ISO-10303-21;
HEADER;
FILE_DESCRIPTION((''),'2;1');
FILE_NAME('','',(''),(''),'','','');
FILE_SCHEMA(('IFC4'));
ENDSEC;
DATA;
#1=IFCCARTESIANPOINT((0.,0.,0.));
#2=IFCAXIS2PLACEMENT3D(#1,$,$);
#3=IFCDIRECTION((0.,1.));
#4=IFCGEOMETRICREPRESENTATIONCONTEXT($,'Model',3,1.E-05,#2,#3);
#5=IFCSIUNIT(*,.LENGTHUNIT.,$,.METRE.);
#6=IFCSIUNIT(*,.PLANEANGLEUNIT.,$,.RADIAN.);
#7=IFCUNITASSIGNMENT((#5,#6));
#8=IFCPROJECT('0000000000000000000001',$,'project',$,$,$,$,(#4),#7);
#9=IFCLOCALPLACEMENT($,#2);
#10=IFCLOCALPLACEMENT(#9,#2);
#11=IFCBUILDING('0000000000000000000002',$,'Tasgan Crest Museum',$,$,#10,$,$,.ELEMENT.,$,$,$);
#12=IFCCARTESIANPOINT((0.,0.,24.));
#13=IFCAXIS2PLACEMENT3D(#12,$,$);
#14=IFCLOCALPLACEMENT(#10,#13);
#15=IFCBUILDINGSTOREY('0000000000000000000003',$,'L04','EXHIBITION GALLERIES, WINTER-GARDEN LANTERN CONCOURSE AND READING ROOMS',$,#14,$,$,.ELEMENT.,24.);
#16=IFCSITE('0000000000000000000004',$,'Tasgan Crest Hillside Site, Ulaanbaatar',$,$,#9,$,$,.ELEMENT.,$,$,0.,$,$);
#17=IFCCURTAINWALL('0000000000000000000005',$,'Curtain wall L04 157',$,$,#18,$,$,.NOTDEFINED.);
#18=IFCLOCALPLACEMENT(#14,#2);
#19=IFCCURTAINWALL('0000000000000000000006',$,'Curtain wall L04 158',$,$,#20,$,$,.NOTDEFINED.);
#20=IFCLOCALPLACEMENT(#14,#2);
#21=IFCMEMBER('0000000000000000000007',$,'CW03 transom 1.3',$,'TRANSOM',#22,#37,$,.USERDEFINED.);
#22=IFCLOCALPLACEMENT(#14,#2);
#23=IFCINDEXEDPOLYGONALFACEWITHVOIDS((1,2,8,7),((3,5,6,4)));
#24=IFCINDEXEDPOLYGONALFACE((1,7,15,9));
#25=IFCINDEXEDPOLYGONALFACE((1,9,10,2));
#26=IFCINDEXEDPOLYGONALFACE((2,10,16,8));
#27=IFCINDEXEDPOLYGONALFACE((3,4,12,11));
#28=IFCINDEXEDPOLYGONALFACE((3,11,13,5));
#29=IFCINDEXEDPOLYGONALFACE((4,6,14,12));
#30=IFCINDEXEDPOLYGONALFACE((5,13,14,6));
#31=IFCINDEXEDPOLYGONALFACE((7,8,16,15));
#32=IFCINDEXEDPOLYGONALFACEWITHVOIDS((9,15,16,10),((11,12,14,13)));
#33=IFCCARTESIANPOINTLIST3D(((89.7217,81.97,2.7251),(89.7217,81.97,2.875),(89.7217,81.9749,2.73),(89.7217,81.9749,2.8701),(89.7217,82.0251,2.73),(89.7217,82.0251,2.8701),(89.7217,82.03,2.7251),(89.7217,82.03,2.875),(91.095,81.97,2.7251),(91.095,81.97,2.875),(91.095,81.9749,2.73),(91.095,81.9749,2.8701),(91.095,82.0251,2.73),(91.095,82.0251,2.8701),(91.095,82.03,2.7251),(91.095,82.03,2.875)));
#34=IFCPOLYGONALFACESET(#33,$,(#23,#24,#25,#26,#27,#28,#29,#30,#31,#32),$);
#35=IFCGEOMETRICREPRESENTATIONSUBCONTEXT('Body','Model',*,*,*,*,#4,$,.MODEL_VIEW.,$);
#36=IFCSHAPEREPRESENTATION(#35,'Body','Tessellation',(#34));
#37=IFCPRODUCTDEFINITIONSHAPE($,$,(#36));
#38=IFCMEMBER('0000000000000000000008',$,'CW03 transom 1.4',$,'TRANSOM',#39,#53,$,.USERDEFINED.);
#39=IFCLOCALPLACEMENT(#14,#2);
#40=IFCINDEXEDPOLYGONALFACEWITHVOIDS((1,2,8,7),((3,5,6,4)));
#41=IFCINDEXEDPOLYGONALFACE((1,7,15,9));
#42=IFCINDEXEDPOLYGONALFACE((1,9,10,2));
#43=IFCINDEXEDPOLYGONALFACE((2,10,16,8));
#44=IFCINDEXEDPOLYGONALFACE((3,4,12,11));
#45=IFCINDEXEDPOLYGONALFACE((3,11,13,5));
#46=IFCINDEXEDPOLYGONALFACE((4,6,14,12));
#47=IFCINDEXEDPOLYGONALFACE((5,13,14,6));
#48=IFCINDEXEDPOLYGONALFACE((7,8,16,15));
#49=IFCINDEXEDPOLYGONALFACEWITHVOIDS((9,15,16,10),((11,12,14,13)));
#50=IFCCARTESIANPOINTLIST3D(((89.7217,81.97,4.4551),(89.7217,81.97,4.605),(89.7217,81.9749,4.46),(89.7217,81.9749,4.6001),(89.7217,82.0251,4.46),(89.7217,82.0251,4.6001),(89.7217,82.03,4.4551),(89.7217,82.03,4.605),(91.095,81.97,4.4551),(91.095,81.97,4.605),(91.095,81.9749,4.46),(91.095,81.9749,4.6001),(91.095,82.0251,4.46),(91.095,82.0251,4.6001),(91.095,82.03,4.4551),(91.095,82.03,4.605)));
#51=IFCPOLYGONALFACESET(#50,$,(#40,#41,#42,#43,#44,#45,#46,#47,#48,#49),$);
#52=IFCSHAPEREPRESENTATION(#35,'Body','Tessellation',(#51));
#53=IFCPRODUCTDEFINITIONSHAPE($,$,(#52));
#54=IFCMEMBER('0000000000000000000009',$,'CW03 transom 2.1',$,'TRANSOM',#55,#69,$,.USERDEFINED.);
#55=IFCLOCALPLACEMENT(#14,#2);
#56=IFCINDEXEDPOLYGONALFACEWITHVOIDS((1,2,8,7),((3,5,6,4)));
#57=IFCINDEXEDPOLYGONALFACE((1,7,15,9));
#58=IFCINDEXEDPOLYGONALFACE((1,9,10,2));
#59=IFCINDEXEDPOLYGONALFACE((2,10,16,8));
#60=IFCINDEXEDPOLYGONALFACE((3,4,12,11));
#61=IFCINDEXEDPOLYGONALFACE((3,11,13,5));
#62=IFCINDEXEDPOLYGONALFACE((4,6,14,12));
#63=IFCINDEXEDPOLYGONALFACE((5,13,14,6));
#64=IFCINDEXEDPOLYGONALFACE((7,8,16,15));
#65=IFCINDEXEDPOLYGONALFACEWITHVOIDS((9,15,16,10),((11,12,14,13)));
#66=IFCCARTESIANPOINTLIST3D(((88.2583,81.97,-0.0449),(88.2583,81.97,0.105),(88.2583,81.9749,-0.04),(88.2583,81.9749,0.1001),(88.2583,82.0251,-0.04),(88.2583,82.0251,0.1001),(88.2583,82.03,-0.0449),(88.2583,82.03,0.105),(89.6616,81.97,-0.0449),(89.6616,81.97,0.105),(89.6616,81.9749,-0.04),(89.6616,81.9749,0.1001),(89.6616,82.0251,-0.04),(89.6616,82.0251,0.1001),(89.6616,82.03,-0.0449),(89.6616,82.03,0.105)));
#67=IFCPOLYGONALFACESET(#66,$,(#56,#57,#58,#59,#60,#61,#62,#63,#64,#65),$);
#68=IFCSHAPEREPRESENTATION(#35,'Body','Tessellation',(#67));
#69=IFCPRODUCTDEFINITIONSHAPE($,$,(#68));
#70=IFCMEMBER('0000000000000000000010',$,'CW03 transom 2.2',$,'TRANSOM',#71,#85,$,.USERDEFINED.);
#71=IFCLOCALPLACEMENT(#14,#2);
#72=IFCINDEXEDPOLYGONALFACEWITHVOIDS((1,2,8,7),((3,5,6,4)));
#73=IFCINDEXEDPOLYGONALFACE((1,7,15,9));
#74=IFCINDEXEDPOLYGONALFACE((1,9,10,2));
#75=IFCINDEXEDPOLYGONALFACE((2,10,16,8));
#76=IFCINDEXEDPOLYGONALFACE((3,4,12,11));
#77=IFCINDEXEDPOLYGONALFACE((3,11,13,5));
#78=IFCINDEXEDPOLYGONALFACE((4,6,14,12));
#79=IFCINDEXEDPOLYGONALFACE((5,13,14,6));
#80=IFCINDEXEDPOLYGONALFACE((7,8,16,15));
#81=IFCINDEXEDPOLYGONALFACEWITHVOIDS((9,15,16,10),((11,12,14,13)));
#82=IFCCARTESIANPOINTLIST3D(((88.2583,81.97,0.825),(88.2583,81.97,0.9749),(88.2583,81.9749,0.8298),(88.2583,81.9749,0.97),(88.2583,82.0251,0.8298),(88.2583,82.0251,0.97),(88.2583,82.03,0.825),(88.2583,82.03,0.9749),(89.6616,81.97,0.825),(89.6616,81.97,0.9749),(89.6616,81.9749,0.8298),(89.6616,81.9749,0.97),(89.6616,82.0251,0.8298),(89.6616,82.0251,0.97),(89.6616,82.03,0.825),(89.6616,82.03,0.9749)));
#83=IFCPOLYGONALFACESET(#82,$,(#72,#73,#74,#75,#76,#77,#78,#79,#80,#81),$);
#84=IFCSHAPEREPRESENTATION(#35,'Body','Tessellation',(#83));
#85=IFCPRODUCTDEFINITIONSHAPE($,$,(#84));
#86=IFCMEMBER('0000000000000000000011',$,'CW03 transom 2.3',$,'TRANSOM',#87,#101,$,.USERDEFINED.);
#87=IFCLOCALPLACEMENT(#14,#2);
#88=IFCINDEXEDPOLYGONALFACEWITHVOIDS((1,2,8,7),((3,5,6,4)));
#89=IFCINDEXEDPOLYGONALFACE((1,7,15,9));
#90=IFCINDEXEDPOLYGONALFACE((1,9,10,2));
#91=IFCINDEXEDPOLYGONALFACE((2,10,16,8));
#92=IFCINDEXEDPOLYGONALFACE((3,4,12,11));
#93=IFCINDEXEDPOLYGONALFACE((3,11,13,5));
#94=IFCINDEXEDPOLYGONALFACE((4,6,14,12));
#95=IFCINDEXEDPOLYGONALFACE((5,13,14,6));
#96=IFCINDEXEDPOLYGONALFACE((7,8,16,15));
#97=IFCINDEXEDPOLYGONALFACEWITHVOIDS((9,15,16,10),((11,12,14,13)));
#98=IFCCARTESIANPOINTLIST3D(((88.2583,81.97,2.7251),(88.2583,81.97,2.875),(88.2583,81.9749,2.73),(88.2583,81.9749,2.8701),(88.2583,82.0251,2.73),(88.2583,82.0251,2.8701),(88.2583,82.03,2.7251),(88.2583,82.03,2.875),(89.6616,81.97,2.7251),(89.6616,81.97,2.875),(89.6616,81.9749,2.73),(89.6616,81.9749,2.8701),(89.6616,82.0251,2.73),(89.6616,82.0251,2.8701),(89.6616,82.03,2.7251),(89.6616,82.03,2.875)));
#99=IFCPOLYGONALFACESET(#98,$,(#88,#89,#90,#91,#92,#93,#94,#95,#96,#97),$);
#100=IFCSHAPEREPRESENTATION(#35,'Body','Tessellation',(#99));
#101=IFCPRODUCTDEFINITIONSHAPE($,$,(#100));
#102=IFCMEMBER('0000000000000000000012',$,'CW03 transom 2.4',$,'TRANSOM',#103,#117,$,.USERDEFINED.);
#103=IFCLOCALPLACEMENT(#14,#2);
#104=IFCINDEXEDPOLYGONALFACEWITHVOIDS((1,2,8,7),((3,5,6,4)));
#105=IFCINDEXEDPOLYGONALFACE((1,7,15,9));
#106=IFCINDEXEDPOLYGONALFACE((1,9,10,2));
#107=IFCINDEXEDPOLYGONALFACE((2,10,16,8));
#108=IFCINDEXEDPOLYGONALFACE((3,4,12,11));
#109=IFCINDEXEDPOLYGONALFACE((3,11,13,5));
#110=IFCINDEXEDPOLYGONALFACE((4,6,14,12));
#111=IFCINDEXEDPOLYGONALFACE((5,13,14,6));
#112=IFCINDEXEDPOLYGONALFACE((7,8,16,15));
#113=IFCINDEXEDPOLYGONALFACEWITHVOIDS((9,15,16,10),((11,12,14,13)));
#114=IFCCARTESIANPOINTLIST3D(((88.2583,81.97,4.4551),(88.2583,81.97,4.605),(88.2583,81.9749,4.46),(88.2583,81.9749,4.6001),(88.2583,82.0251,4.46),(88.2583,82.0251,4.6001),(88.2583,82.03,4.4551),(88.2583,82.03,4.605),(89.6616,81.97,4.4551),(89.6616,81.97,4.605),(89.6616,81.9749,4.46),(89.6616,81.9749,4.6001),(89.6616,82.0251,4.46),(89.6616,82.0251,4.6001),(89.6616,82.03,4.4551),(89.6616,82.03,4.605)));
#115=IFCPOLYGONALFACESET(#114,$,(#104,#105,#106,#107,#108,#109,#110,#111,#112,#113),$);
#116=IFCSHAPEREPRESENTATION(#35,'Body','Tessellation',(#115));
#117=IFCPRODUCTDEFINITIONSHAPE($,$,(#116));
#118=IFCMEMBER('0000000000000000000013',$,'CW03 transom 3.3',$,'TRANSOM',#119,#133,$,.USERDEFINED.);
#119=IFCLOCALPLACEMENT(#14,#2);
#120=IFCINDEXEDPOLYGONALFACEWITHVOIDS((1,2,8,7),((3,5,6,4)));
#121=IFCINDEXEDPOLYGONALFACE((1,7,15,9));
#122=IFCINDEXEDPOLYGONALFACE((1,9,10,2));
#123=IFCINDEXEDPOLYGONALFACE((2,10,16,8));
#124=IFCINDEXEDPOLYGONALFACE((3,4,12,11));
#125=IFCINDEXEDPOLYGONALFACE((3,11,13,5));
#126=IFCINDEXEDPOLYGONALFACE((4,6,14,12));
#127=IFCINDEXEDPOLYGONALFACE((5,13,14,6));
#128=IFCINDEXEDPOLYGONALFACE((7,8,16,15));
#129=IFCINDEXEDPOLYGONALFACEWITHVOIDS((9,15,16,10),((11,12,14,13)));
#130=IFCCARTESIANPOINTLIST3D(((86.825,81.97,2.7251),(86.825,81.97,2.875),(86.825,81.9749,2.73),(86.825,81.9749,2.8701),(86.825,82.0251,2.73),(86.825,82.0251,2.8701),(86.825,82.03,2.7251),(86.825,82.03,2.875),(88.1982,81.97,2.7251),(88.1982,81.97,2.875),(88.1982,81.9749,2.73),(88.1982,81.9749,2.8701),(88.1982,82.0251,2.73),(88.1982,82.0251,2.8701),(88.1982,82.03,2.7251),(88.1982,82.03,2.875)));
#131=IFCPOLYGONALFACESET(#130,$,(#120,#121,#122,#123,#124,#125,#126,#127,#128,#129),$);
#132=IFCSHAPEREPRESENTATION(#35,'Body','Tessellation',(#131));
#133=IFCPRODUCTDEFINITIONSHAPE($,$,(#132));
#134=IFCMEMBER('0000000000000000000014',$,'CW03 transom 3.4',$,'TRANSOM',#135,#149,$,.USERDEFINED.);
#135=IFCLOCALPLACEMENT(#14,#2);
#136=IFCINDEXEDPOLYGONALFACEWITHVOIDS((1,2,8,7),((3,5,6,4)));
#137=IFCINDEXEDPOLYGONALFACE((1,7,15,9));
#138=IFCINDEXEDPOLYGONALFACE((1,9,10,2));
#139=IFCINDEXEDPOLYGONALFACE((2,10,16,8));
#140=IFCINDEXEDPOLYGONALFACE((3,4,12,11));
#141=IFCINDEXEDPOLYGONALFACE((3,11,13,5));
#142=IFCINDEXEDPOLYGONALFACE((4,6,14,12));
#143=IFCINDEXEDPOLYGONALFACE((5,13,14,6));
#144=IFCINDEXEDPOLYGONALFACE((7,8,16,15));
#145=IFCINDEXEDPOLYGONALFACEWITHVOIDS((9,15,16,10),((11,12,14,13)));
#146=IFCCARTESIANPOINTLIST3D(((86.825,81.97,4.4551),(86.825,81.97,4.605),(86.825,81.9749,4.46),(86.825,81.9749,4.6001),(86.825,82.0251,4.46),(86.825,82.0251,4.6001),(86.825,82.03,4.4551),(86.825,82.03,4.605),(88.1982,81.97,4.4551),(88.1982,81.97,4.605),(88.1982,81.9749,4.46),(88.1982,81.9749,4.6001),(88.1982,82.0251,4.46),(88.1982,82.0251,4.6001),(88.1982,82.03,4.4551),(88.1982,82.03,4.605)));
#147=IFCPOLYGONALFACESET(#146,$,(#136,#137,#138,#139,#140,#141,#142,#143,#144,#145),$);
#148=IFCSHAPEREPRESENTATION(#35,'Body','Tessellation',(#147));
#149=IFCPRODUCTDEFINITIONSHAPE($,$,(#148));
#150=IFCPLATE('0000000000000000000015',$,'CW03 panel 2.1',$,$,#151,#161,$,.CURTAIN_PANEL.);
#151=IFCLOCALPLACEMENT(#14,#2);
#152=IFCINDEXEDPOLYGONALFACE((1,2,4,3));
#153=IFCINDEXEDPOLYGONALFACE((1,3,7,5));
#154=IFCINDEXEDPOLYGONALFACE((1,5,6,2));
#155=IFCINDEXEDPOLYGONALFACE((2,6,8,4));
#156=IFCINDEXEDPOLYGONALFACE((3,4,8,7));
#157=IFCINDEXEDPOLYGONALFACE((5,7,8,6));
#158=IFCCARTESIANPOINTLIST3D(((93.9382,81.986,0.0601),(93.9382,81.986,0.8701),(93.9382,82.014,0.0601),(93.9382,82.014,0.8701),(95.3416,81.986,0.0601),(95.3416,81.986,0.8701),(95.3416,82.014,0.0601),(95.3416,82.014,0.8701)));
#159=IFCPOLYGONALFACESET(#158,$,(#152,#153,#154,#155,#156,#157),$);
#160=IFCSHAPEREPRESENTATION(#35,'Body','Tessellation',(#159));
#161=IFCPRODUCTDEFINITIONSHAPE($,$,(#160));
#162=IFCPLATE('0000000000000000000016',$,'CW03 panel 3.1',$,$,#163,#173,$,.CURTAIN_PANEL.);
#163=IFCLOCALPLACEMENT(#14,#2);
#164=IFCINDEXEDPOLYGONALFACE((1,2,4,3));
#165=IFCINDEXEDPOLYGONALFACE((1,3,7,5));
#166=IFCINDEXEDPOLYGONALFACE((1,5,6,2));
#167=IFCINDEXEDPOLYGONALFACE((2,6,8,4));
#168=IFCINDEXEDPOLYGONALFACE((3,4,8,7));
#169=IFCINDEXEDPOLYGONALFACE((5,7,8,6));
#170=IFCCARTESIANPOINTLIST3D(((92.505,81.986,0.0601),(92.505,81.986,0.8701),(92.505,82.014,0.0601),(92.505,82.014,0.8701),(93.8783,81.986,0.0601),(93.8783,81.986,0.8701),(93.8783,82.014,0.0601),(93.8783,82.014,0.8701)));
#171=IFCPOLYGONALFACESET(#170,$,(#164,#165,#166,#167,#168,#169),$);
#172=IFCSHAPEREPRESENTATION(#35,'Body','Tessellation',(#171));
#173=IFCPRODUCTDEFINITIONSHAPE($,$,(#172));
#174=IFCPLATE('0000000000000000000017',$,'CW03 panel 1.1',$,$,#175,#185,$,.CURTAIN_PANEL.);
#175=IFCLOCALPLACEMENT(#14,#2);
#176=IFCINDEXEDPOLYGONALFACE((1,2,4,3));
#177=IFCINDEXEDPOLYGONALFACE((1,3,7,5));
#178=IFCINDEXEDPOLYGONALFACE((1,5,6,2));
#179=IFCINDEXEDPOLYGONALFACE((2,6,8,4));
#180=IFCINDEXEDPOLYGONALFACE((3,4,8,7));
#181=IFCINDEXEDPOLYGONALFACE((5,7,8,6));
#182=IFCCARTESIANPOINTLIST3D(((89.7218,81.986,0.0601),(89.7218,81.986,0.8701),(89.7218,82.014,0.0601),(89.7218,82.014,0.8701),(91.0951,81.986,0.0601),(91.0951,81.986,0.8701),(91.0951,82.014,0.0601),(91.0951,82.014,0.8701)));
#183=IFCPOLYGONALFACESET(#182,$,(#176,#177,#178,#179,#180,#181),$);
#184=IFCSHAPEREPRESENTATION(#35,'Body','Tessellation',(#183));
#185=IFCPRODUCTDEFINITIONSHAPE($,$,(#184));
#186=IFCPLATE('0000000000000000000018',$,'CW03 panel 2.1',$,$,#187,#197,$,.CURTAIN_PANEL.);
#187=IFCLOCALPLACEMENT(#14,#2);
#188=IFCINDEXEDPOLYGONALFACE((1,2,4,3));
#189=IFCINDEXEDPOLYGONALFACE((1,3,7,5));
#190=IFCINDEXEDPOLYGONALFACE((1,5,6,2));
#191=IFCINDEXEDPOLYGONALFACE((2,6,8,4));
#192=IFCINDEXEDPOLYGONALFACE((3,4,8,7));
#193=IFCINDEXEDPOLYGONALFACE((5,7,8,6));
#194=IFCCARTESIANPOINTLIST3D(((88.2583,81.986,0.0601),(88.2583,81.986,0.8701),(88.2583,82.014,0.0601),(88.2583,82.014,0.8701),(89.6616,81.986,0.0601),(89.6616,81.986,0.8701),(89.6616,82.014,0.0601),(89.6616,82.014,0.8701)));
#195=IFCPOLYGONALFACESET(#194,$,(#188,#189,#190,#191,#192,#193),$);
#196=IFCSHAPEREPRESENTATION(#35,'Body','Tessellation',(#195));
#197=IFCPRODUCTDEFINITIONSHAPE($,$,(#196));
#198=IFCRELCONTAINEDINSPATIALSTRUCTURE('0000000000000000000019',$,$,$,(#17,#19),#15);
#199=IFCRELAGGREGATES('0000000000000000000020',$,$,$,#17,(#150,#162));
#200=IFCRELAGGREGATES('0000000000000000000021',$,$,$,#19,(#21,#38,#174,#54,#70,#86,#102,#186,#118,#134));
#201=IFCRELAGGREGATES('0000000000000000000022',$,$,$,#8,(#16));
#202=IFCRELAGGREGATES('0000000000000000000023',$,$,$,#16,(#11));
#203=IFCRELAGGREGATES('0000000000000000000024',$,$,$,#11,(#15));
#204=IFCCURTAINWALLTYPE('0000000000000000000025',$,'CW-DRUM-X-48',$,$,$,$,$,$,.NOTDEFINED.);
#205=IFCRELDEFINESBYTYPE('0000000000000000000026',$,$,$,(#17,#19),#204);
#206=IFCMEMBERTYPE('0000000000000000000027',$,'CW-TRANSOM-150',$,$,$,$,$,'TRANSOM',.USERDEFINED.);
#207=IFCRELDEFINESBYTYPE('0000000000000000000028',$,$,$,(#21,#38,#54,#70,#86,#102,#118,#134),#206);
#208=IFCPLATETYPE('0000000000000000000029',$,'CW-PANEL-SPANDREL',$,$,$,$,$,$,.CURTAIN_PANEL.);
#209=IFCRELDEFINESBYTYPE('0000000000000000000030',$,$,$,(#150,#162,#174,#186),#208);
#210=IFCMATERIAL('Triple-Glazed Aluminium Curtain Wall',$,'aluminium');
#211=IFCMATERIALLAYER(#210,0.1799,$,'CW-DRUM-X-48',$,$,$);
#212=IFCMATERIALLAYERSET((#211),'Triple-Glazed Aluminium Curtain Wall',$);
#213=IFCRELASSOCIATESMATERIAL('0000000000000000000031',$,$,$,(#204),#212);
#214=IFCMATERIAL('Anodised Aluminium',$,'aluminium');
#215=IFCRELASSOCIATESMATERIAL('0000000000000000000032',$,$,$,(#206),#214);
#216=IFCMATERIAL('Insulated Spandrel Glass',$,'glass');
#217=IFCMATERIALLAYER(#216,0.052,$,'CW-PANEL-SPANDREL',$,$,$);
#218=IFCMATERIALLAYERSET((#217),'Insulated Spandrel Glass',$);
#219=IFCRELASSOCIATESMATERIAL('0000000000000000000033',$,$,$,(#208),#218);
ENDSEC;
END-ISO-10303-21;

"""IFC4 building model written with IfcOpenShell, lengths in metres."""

from ifc_helpers import new_model, si_unit, direction, frame, origin, origin_2d, place, context, subcontext, project, spatial, rectangle, hollow_rectangle, extrude, material, layer, layer_set, material_profile, profile_set, type_object, element, aggregate, save


model = new_model("IFC4")

# Units and contexts
model_context = context("Model", 3, precision=1e-05, world=origin(), true_north=direction((0.0, 1.0)))
body_context = subcontext(model_context, "Body", "Model", "MODEL_VIEW")
ifc_project = project(units=[si_unit("LENGTHUNIT", "METRE"), si_unit("PLANEANGLEUNIT", "RADIAN")], contexts=[model_context])

# Site, building, storey
site_placement = place(None, origin())
site = spatial("IfcSite", under=ifc_project, at=site_placement, Name="Tasgan Crest Hillside Site, Ulaanbaatar", CompositionType="ELEMENT", RefElevation=0.0)
building_placement = place(site_placement, origin())
building = spatial("IfcBuilding", under=site, at=building_placement, Name="Tasgan Crest Museum", CompositionType="ELEMENT")
storey_placement = place(building_placement, frame((0.0, 0.0, 24.0)))
storey = spatial("IfcBuildingStorey", under=building, at=storey_placement, Name="L04", Description="EXHIBITION GALLERIES, WINTER-GARDEN LANTERN CONCOURSE AND READING ROOMS", CompositionType="ELEMENT", Elevation=24.0)

# Curtain walls
ifc_material_1 = material(Name="Triple-Glazed Aluminium Curtain Wall", Category="aluminium")
ifc_layer_1 = layer(ifc_material_1, 0.1799, Name="CW-DRUM-X-48")
ifc_layer_set_1 = layer_set([ifc_layer_1], Name="Triple-Glazed Aluminium Curtain Wall")
curtain_wall_type = type_object("IfcCurtainWallType", Name="CW-DRUM-X-48", PredefinedType="NOTDEFINED", material=ifc_layer_set_1)
curtain_wall_1_placement = place(storey_placement, origin())
curtain_wall_1 = element("IfcCurtainWall", 1, at=curtain_wall_1_placement, inside=storey, type_object=curtain_wall_type, Name="Curtain wall L04 157", PredefinedType="NOTDEFINED")
curtain_wall_2_placement = place(storey_placement, origin())
curtain_wall_2 = element("IfcCurtainWall", 2, at=curtain_wall_2_placement, inside=storey, type_object=curtain_wall_type, Name="Curtain wall L04 158", PredefinedType="NOTDEFINED")

# Members
ifc_material_2 = material(Name="Anodised Aluminium", Category="aluminium")
ifc_material_profile_1 = material_profile(ifc_material_2, hollow_rectangle(XDim=0.0601, YDim=0.1499, WallThickness=0.0049, at=origin_2d()), Name="ALU TRANSOM 150x60x5")
ifc_profile_set_1 = profile_set([ifc_material_profile_1], Name="Anodised Aluminium")
member_type_1 = type_object("IfcMemberType", Name="CW-TRANSOM-150", ElementType="TRANSOM", PredefinedType="USERDEFINED", material=ifc_profile_set_1)
member_1_placement = place(storey_placement, frame((91.095, 82.0, 2.8), z_axis=(-1.0, 0.0, 0.0), x_axis=(0.0, -1.0, 0.0)))
member_1 = element("IfcMember", 3, at=member_1_placement, type_object=member_type_1, Name="CW03 transom 1.3", ObjectType="TRANSOM", PredefinedType="USERDEFINED", context=body_context, shape_type="SweptSolid", body=[
    extrude(hollow_rectangle(XDim=0.0601, YDim=0.1499, WallThickness=0.0049, at=origin_2d()), origin(), (0.0, 0.0, 1.0), 1.3733),
])
member_2_placement = place(storey_placement, frame((91.095, 82.0, 4.53), z_axis=(-1.0, 0.0, 0.0), x_axis=(0.0, -1.0, 0.0)))
member_2 = element("IfcMember", 4, at=member_2_placement, type_object=member_type_1, Name="CW03 transom 1.4", ObjectType="TRANSOM", PredefinedType="USERDEFINED", context=body_context, shape_type="SweptSolid", body=[
    extrude(hollow_rectangle(XDim=0.0601, YDim=0.1499, WallThickness=0.0049, at=origin_2d()), origin(), (0.0, 0.0, 1.0), 1.3733),
])
member_3_placement = place(storey_placement, frame((89.6616, 82.0, 0.03), z_axis=(-1.0, 0.0, 0.0), x_axis=(0.0, -1.0, 0.0)))
member_3 = element("IfcMember", 5, at=member_3_placement, type_object=member_type_1, Name="CW03 transom 2.1", ObjectType="TRANSOM", PredefinedType="USERDEFINED", context=body_context, shape_type="SweptSolid", body=[
    extrude(hollow_rectangle(XDim=0.0601, YDim=0.1499, WallThickness=0.0049, at=origin_2d()), origin(), (0.0, 0.0, 1.0), 1.4033),
])
member_4_placement = place(storey_placement, frame((89.6616, 82.0, 0.8999), z_axis=(-1.0, 0.0, 0.0), x_axis=(0.0, -1.0, 0.0)))
member_4 = element("IfcMember", 6, at=member_4_placement, type_object=member_type_1, Name="CW03 transom 2.2", ObjectType="TRANSOM", PredefinedType="USERDEFINED", context=body_context, shape_type="SweptSolid", body=[
    extrude(hollow_rectangle(XDim=0.0601, YDim=0.1499, WallThickness=0.0049, at=origin_2d()), origin(), (0.0, 0.0, 1.0), 1.4033),
])
member_5_placement = place(storey_placement, frame((89.6616, 82.0, 2.8), z_axis=(-1.0, 0.0, 0.0), x_axis=(0.0, -1.0, 0.0)))
member_5 = element("IfcMember", 7, at=member_5_placement, type_object=member_type_1, Name="CW03 transom 2.3", ObjectType="TRANSOM", PredefinedType="USERDEFINED", context=body_context, shape_type="SweptSolid", body=[
    extrude(hollow_rectangle(XDim=0.0601, YDim=0.1499, WallThickness=0.0049, at=origin_2d()), origin(), (0.0, 0.0, 1.0), 1.4033),
])
member_6_placement = place(storey_placement, frame((89.6616, 82.0, 4.53), z_axis=(-1.0, 0.0, 0.0), x_axis=(0.0, -1.0, 0.0)))
member_6 = element("IfcMember", 8, at=member_6_placement, type_object=member_type_1, Name="CW03 transom 2.4", ObjectType="TRANSOM", PredefinedType="USERDEFINED", context=body_context, shape_type="SweptSolid", body=[
    extrude(hollow_rectangle(XDim=0.0601, YDim=0.1499, WallThickness=0.0049, at=origin_2d()), origin(), (0.0, 0.0, 1.0), 1.4033),
])
member_7_placement = place(storey_placement, frame((88.1982, 82.0, 2.8), z_axis=(-1.0, 0.0, 0.0), x_axis=(0.0, -1.0, 0.0)))
member_7 = element("IfcMember", 9, at=member_7_placement, type_object=member_type_1, Name="CW03 transom 3.3", ObjectType="TRANSOM", PredefinedType="USERDEFINED", context=body_context, shape_type="SweptSolid", body=[
    extrude(hollow_rectangle(XDim=0.0601, YDim=0.1499, WallThickness=0.0049, at=origin_2d()), origin(), (0.0, 0.0, 1.0), 1.3733),
])
member_8_placement = place(storey_placement, frame((88.1982, 82.0, 4.53), z_axis=(-1.0, 0.0, 0.0), x_axis=(0.0, -1.0, 0.0)))
member_8 = element("IfcMember", 10, at=member_8_placement, type_object=member_type_1, Name="CW03 transom 3.4", ObjectType="TRANSOM", PredefinedType="USERDEFINED", context=body_context, shape_type="SweptSolid", body=[
    extrude(hollow_rectangle(XDim=0.0601, YDim=0.1499, WallThickness=0.0049, at=origin_2d()), origin(), (0.0, 0.0, 1.0), 1.3733),
])

# Plates
ifc_material_3 = material(Name="Insulated Spandrel Glass", Category="glass")
ifc_layer_2 = layer(ifc_material_3, 0.052, Name="CW-PANEL-SPANDREL")
ifc_layer_set_2 = layer_set([ifc_layer_2], Name="Insulated Spandrel Glass")
plate_type_1 = type_object("IfcPlateType", Name="CW-PANEL-SPANDREL", PredefinedType="CURTAIN_PANEL", material=ifc_layer_set_2)
plate_1_placement = place(storey_placement, frame((94.6399, 82.0, 0.0601), z_axis=(0.0, 0.0, 1.0), x_axis=(-1.0, 0.0, 0.0)))
plate_1 = element("IfcPlate", 11, at=plate_1_placement, type_object=plate_type_1, Name="CW03 panel 2.1", PredefinedType="CURTAIN_PANEL", context=body_context, shape_type="SweptSolid", body=[
    extrude(rectangle(XDim=1.4033, YDim=0.0281, at=origin_2d()), origin(), (0.0, 0.0, 1.0), 0.8101),
])
plate_2_placement = place(storey_placement, frame((93.1917, 82.0, 0.0601), z_axis=(0.0, 0.0, 1.0), x_axis=(-1.0, 0.0, 0.0)))
plate_2 = element("IfcPlate", 12, at=plate_2_placement, type_object=plate_type_1, Name="CW03 panel 3.1", PredefinedType="CURTAIN_PANEL", context=body_context, shape_type="SweptSolid", body=[
    extrude(rectangle(XDim=1.3733, YDim=0.0281, at=origin_2d()), origin(), (0.0, 0.0, 1.0), 0.8101),
])
plate_3_placement = place(storey_placement, frame((90.4084, 82.0, 0.0601), z_axis=(0.0, 0.0, 1.0), x_axis=(-1.0, 0.0, 0.0)))
plate_3 = element("IfcPlate", 13, at=plate_3_placement, type_object=plate_type_1, Name="CW03 panel 1.1", PredefinedType="CURTAIN_PANEL", context=body_context, shape_type="SweptSolid", body=[
    extrude(rectangle(XDim=1.3733, YDim=0.0281, at=origin_2d()), origin(), (0.0, 0.0, 1.0), 0.8101),
])
plate_4_placement = place(storey_placement, frame((88.96, 82.0, 0.0601), z_axis=(0.0, 0.0, 1.0), x_axis=(-1.0, 0.0, 0.0)))
plate_4 = element("IfcPlate", 14, at=plate_4_placement, type_object=plate_type_1, Name="CW03 panel 2.1", PredefinedType="CURTAIN_PANEL", context=body_context, shape_type="SweptSolid", body=[
    extrude(rectangle(XDim=1.4033, YDim=0.0281, at=origin_2d()), origin(), (0.0, 0.0, 1.0), 0.8101),
])
aggregate(curtain_wall_1, [plate_1, plate_2])
aggregate(curtain_wall_2, [member_1, member_2, plate_3, member_3, member_4, member_5, member_6, plate_4, member_7, member_8])

save(model, "model.ifc")
